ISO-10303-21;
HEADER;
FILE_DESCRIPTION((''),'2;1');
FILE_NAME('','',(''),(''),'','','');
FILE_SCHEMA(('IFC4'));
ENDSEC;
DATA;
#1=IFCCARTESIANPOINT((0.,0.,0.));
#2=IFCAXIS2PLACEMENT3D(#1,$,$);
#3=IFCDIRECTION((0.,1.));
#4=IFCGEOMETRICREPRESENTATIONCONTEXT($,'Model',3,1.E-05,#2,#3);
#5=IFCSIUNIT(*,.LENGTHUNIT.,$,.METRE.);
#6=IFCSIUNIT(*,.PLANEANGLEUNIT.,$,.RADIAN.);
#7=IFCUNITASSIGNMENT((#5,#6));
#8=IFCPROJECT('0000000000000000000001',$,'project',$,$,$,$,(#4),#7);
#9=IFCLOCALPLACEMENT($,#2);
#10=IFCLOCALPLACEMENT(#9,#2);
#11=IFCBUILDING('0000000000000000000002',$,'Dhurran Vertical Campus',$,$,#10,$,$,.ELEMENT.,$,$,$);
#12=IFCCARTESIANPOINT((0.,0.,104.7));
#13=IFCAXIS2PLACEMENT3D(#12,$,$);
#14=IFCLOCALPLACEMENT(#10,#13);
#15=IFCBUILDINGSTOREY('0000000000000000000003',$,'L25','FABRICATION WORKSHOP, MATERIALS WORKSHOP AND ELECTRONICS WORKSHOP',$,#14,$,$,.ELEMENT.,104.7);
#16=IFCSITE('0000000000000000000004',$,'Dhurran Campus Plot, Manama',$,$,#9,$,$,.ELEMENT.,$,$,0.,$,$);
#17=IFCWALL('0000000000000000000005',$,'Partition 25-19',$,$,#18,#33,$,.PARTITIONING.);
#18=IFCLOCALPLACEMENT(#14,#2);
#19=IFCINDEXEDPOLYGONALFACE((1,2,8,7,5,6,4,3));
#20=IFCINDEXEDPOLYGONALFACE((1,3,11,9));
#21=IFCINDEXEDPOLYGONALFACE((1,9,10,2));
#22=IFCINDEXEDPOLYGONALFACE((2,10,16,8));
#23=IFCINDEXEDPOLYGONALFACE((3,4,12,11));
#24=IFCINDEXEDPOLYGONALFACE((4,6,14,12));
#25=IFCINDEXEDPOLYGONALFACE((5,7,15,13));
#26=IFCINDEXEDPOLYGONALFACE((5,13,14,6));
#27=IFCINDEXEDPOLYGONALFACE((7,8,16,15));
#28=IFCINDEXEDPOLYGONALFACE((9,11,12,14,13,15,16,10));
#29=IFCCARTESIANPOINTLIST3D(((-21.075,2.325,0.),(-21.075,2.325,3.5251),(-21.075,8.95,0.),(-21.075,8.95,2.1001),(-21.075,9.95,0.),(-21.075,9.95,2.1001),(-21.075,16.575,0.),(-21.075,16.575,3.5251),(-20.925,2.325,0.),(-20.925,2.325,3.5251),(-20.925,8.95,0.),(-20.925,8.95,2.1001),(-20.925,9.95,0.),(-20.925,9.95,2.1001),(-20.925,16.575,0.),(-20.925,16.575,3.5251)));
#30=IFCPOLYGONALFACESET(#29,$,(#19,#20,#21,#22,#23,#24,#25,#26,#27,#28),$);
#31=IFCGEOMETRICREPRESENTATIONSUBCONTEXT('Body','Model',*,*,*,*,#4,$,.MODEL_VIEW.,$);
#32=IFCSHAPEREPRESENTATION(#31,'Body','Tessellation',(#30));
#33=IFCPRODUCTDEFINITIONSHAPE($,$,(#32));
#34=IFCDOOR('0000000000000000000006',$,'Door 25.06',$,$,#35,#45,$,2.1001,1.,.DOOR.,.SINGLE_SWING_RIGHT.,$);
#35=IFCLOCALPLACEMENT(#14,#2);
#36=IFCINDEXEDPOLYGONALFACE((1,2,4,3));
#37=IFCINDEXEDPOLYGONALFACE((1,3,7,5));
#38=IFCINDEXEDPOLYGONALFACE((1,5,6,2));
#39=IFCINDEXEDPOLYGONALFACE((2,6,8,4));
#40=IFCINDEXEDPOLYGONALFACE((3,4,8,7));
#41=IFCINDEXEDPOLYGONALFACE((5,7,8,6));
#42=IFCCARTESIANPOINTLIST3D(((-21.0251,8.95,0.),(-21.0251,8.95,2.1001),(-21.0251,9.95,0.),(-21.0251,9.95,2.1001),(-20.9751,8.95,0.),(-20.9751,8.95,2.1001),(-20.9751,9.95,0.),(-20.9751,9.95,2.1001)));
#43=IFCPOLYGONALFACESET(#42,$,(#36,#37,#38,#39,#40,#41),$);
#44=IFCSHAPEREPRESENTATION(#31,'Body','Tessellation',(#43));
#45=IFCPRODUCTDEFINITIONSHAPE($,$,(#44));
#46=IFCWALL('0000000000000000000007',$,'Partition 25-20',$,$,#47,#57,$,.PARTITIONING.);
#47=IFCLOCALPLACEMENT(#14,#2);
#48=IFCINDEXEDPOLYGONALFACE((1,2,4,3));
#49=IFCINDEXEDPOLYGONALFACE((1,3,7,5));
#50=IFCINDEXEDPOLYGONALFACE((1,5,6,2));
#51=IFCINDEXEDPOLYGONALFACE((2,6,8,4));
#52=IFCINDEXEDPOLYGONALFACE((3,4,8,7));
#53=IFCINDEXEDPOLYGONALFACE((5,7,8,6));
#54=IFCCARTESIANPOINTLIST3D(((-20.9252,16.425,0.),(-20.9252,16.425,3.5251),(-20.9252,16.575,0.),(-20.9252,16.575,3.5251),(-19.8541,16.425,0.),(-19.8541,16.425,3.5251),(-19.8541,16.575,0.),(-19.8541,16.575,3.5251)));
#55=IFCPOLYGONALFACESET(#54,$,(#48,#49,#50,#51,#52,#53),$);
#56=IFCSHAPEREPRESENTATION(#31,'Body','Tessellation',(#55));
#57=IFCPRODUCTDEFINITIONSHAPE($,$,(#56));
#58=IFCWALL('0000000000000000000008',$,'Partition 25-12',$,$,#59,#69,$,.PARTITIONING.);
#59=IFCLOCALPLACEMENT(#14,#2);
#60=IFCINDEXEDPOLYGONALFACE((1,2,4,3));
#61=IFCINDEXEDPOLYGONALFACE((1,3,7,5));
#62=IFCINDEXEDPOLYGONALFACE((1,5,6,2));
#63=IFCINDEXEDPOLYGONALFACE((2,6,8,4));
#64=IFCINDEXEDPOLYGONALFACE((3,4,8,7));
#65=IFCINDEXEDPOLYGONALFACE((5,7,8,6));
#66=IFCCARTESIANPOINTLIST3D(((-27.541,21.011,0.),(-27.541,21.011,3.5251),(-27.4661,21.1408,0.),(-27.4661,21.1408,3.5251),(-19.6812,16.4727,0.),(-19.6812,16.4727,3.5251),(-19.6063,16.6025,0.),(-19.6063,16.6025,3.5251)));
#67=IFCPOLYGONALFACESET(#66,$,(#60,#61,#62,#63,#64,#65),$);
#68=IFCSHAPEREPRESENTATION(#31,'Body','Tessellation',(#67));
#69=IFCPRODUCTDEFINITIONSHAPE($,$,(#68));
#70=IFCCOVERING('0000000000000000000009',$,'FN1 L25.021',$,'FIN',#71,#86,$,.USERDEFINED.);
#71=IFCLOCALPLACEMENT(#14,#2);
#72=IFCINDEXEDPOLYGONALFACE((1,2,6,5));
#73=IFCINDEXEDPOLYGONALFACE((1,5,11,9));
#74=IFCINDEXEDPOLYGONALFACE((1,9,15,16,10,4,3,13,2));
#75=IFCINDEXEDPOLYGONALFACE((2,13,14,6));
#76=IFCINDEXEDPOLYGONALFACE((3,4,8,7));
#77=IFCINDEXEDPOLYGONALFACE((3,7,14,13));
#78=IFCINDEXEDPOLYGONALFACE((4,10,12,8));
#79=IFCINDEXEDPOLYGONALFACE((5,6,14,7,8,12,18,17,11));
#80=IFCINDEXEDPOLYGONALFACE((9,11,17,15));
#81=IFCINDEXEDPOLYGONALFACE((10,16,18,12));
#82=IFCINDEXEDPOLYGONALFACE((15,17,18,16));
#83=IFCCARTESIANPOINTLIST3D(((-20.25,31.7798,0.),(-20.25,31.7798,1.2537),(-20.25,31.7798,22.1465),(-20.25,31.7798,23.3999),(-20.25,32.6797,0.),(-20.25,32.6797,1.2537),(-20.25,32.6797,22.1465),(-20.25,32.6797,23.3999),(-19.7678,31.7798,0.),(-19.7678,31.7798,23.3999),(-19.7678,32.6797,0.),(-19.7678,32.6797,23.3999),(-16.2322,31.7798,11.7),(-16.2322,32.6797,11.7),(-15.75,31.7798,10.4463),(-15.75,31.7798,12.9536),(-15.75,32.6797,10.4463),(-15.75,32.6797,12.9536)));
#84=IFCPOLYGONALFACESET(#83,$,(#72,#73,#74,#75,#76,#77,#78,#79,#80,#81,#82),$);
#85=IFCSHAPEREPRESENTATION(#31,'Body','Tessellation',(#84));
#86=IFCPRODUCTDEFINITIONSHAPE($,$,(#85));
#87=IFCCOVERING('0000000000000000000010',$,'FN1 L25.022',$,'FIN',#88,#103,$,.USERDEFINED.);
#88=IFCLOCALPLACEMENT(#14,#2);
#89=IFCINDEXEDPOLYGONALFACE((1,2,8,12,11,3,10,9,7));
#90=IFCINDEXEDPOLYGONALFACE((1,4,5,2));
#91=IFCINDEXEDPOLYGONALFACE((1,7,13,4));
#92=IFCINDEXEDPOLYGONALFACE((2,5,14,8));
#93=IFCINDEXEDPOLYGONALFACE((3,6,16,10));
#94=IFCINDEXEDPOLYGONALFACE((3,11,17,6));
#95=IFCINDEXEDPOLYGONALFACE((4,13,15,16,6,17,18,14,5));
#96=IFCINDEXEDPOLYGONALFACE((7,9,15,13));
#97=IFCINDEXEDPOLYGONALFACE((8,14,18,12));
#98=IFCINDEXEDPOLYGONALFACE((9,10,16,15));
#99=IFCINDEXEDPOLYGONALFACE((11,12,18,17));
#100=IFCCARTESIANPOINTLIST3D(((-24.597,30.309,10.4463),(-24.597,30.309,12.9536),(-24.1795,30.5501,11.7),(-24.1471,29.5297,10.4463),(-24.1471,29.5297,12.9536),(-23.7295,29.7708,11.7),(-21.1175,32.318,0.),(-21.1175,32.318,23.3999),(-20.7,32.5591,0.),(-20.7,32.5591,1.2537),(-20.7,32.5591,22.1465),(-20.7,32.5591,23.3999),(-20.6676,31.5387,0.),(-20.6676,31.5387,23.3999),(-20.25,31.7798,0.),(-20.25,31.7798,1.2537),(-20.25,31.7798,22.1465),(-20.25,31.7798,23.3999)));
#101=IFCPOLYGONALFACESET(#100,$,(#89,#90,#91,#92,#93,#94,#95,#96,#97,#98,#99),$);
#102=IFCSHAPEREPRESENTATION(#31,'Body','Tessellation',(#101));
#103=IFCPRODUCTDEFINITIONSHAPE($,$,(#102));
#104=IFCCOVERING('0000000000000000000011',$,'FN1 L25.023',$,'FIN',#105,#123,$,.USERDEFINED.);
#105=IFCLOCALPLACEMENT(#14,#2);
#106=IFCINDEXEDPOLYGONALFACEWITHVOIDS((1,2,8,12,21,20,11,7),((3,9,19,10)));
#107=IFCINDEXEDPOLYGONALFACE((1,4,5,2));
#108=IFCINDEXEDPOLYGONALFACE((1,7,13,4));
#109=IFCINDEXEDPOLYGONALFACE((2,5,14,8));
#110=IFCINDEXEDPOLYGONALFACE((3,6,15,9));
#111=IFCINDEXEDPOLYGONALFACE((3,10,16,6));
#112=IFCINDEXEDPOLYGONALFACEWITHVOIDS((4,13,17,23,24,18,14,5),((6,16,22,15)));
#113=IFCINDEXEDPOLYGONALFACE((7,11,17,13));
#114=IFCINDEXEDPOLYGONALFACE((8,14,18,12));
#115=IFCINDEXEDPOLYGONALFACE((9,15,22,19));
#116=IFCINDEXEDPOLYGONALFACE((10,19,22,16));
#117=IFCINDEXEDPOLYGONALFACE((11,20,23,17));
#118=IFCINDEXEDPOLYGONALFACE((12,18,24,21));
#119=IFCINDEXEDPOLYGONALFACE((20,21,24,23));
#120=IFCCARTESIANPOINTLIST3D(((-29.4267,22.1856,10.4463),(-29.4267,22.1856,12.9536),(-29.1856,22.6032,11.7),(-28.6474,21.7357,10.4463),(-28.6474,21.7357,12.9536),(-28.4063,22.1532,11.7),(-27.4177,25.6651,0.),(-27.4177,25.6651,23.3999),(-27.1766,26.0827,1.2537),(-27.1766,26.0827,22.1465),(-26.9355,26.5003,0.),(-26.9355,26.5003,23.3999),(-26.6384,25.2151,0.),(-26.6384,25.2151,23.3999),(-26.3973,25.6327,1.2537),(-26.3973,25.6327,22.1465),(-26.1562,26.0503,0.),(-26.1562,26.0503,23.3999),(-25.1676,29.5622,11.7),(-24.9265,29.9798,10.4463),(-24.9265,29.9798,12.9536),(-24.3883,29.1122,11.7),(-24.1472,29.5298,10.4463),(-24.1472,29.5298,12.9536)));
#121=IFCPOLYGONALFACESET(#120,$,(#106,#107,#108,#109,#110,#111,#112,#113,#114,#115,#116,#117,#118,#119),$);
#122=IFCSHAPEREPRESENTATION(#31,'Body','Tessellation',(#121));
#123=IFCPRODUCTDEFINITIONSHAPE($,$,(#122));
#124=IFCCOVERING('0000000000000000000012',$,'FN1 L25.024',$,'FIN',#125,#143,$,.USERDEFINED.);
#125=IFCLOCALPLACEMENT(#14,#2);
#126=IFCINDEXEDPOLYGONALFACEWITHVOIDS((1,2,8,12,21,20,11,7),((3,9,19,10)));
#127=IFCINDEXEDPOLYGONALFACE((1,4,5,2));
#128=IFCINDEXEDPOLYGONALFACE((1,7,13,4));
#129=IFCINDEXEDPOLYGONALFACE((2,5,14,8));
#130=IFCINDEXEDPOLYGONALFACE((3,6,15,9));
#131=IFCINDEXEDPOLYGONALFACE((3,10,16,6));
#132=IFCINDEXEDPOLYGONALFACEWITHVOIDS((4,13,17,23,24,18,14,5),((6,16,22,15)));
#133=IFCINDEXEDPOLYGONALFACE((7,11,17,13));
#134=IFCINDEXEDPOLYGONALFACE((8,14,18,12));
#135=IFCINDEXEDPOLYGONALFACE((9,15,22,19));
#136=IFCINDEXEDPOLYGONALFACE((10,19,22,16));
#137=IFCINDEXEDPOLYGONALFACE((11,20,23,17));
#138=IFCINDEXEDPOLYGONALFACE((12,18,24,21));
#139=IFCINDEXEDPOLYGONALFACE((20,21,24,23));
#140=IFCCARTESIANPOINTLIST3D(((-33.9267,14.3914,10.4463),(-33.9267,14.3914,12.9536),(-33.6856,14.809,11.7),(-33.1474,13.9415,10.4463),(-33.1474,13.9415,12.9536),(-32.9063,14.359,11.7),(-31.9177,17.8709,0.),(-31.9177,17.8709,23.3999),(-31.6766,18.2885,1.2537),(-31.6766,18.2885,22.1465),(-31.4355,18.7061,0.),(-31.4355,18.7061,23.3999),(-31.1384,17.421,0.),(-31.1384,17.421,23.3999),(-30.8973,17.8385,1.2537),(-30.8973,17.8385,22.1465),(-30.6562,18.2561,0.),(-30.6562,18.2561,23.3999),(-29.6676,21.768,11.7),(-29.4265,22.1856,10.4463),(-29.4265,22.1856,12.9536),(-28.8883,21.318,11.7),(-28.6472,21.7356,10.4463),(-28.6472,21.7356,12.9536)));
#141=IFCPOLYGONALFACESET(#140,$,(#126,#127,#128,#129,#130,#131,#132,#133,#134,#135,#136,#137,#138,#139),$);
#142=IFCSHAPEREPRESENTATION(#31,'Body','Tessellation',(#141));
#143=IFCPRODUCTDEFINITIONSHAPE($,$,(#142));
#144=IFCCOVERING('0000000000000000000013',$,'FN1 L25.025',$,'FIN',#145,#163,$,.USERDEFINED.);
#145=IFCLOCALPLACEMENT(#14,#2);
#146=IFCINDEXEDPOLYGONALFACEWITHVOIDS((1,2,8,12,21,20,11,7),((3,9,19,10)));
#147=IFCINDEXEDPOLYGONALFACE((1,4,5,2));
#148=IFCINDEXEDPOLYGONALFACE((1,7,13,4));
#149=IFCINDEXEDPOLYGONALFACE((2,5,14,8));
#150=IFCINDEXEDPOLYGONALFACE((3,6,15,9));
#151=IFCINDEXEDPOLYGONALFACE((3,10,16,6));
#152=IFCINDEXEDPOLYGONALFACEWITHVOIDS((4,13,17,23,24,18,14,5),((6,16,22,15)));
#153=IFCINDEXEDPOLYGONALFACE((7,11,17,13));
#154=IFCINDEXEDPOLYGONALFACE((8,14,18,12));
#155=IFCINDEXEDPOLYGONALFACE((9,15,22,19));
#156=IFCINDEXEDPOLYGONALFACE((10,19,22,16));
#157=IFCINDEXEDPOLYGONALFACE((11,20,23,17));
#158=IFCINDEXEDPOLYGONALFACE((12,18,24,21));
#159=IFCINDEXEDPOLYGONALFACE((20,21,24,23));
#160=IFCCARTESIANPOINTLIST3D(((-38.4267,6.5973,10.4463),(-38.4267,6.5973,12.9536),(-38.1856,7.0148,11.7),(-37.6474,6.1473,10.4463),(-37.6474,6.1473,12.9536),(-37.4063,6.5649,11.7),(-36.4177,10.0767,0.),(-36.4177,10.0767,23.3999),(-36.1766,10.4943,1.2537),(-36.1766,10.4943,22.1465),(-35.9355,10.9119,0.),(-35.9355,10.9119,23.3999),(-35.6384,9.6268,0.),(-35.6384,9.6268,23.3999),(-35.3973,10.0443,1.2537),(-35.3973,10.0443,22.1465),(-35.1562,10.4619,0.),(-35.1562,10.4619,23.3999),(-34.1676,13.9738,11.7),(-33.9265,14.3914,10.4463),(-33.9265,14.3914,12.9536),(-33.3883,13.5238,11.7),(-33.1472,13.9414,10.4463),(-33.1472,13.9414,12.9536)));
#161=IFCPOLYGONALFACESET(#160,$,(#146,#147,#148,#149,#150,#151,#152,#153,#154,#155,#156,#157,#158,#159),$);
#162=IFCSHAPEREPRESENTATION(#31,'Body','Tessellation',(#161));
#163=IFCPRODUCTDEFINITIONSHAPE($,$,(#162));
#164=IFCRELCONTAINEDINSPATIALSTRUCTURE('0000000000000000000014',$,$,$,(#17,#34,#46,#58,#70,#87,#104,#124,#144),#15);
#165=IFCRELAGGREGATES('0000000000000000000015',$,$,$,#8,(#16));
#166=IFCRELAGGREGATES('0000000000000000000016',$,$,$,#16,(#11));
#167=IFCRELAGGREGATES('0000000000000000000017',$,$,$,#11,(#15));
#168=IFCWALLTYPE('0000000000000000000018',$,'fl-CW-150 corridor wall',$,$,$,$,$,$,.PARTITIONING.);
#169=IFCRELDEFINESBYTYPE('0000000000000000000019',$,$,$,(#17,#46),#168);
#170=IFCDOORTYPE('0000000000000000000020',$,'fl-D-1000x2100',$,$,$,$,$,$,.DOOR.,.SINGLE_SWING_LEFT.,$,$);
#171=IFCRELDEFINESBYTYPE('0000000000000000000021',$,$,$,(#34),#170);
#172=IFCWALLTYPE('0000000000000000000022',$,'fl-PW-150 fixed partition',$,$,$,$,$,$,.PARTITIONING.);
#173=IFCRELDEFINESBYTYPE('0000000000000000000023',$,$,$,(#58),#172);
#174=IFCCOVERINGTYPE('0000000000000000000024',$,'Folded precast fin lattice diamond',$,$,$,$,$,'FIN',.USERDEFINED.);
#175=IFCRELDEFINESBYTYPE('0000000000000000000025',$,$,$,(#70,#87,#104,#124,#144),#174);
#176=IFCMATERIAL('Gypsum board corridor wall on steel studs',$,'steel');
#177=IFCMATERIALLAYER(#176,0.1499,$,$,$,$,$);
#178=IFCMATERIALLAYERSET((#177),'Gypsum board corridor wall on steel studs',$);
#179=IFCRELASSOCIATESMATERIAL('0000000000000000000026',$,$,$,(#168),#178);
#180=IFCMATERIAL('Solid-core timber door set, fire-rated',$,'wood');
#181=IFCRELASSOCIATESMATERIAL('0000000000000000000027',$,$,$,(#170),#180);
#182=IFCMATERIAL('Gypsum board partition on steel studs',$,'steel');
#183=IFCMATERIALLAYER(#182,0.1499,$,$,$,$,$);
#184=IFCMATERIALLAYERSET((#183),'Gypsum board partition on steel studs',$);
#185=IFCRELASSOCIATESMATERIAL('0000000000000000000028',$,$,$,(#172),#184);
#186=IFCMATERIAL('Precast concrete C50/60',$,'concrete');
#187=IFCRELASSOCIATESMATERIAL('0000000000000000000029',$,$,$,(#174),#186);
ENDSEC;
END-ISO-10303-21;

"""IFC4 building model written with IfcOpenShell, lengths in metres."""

from ifc_helpers import new_model, si_unit, direction, frame, frame_2d, origin, place, context, subcontext, project, spatial, polyline, rectangle, outline, extrude, material, layer, layer_set, type_object, element, fill, save


model = new_model("IFC4")

# Units and contexts
model_context = context("Model", 3, precision=1e-05, world=origin(), true_north=direction((0.0, 1.0)))
body_context = subcontext(model_context, "Body", "Model", "MODEL_VIEW")
ifc_project = project(units=[si_unit("LENGTHUNIT", "METRE"), si_unit("PLANEANGLEUNIT", "RADIAN")], contexts=[model_context])

# Site, building, storey
site_placement = place(None, origin())
site = spatial("IfcSite", under=ifc_project, at=site_placement, Name="Dhurran Campus Plot, Manama", CompositionType="ELEMENT", RefElevation=0.0)
building_placement = place(site_placement, origin())
building = spatial("IfcBuilding", under=site, at=building_placement, Name="Dhurran Vertical Campus", CompositionType="ELEMENT")
storey_placement = place(building_placement, frame((0.0, 0.0, 104.7)))
storey = spatial("IfcBuildingStorey", under=building, at=storey_placement, Name="L25", Description="FABRICATION WORKSHOP, MATERIALS WORKSHOP AND ELECTRONICS WORKSHOP", CompositionType="ELEMENT", Elevation=104.7)

# Wall, opening, door
ifc_material_1 = material(Name="Gypsum board corridor wall on steel studs", Category="steel")
ifc_layer_1 = layer(ifc_material_1, 0.1499)
ifc_layer_set_1 = layer_set([ifc_layer_1], Name="Gypsum board corridor wall on steel studs")
wall_type_1 = type_object("IfcWallType", Name="fl-CW-150 corridor wall", PredefinedType="PARTITIONING", material=ifc_layer_set_1)
wall_1_placement = place(storey_placement, frame((-21.0, 16.575, 0.0), z_axis=(0.0, 0.0, 1.0), x_axis=(0.0, -1.0, 0.0)))
wall_1 = element("IfcWall", 1, at=wall_1_placement, inside=storey, type_object=wall_type_1, Name="Partition 25-19", PredefinedType="PARTITIONING", context=body_context, shape_type="SweptSolid", body=[
    extrude(rectangle(XDim=14.25, YDim=0.1499, at=frame_2d((7.125, 0.0))), origin(), (0.0, 0.0, 1.0), 3.5251),
])
opening_1_placement = place(wall_1_placement, frame((6.625, 0.0, 0.0)))
opening_1 = element("IfcOpeningElement", 2, at=opening_1_placement, cuts=wall_1, PredefinedType="OPENING", context=body_context, shape_type="SweptSolid", body=[
    extrude(rectangle(XDim=1.0, YDim=2.1001, at=frame_2d((0.5, 1.05))), frame((0.0, 0.085, 0.0), z_axis=(0.0, -1.0, 0.0), x_axis=(1.0, 0.0, 0.0)), (0.0, 0.0, 1.0), 0.1699),
])
ifc_material_2 = material(Name="Solid-core timber door set, fire-rated", Category="wood")
door_type = type_object("IfcDoorType", Name="fl-D-1000x2100", OperationType="SINGLE_SWING_LEFT", PredefinedType="DOOR", material=ifc_material_2)
door_placement = place(opening_1_placement, origin())
door = element("IfcDoor", 3, at=door_placement, inside=storey, type_object=door_type, Name="Door 25.06", OperationType="SINGLE_SWING_RIGHT", OverallHeight=2.1001, OverallWidth=1.0, PredefinedType="DOOR", context=body_context, shape_type="SweptSolid", body=[
    extrude(rectangle(XDim=1.0, YDim=2.1001, at=frame_2d((0.5, 1.05))), frame((0.0, 0.0249, 0.0), z_axis=(0.0, -1.0, 0.0), x_axis=(1.0, 0.0, 0.0)), (0.0, 0.0, 1.0), 0.05),
])
fill(opening_1, door)

# Walls
wall_2_placement = place(storey_placement, frame((-19.854, 16.5, 0.0), z_axis=(0.0, 0.0, 1.0), x_axis=(-1.0, 0.0, 0.0)))
element("IfcWall", 4, at=wall_2_placement, inside=storey, type_object=wall_type_1, Name="Partition 25-20", PredefinedType="PARTITIONING", context=body_context, shape_type="SweptSolid", body=[
    extrude(rectangle(XDim=1.071, YDim=0.1499, at=frame_2d((0.5356, 0.0))), origin(), (0.0, 0.0, 1.0), 3.5251),
])
ifc_material_3 = material(Name="Gypsum board partition on steel studs", Category="steel")
ifc_layer_2 = layer(ifc_material_3, 0.1499)
ifc_layer_set_2 = layer_set([ifc_layer_2], Name="Gypsum board partition on steel studs")
wall_type_2 = type_object("IfcWallType", Name="fl-PW-150 fixed partition", PredefinedType="PARTITIONING", material=ifc_layer_set_2)
wall_3_placement = place(storey_placement, frame((-27.5037, 21.0759, 0.0), z_axis=(0.0, 0.0, 1.0), x_axis=(0.866005, -0.500036, 0.0)))
element("IfcWall", 5, at=wall_3_placement, inside=storey, type_object=wall_type_2, Name="Partition 25-12", PredefinedType="PARTITIONING", context=body_context, shape_type="SweptSolid", body=[
    extrude(rectangle(XDim=9.0759, YDim=0.1499, at=frame_2d((4.5381, 0.0))), origin(), (0.0, 0.0, 1.0), 3.5251),
])

# Coverings
ifc_material_4 = material(Name="Precast concrete C50/60", Category="concrete")
covering_type = type_object("IfcCoveringType", Name="Folded precast fin lattice diamond", ElementType="FIN", PredefinedType="USERDEFINED", material=ifc_material_4)
covering_1_placement = place(storey_placement, frame((-15.75, 31.7798, 0.0), z_axis=(0.0, 1.0, 0.0), x_axis=(-1.0, 0.0, 0.0)))
element("IfcCovering", 6, at=covering_1_placement, inside=storey, type_object=covering_type, Name="FN1 L25.021", ObjectType="FIN", PredefinedType="USERDEFINED", context=body_context, shape_type="SweptSolid", body=[
    extrude(outline(polyline([(4.0178, 0.0), (0.0, 10.4463), (0.0, 12.9536), (4.0178, 23.3999), (4.5, 23.3999), (4.5, 22.1465), (0.4822, 11.7), (4.5, 1.2537), (4.5, 0.0), (4.0178, 0.0)])), origin(), (0.0, 0.0, 1.0), 0.8999),
])
covering_2_placement = place(storey_placement, frame((-20.25, 31.7798, 0.0), z_axis=(-0.50002, 0.866014, 0.0), x_axis=(-0.866014, -0.50002, 0.0)))
element("IfcCovering", 7, at=covering_2_placement, inside=storey, type_object=covering_type, Name="FN1 L25.022", ObjectType="FIN", PredefinedType="USERDEFINED", context=body_context, shape_type="SweptSolid", body=[
    extrude(outline(polyline([(4.5, 10.4463), (0.4822, 0.0), (0.0, 0.0), (0.0, 1.2537), (4.0178, 11.7), (0.0, 22.1465), (0.0, 23.3999), (0.4822, 23.3999), (4.5, 12.9536), (4.5, 10.4463)])), origin(), (0.0, 0.0, 1.0), 0.8999),
])
for number, where, z_axis, x_axis, name in (
    (8, (-24.1472, 29.5298, 0.0), (-0.866014, 0.50002, 0.0), (-0.50002, -0.866014, 0.0), "FN1 L25.023"),
    (9, (-28.6472, 21.7356, 0.0), (-0.866014, 0.50002, 0.0), (-0.50002, -0.866014, 0.0), "FN1 L25.024"),
    (10, (-33.1472, 13.9414, 0.0), (-0.866014, 0.50002, 0.0), (-0.50002, -0.866014, 0.0), "FN1 L25.025"),
):
    element("IfcCovering", number, at=place(storey_placement, frame(where, z_axis=z_axis, x_axis=x_axis)), inside=storey, type_object=covering_type, Name=name, ObjectType="FIN", PredefinedType="USERDEFINED", context=body_context, shape_type="SweptSolid", body=[
        extrude(outline(polyline([(9.0, 12.9536), (9.0, 10.4463), (4.9822, 0.0), (4.0178, 0.0), (0.0, 10.4463), (0.0, 12.9536), (4.0178, 23.3999), (4.9822, 23.3999), (9.0, 12.9536)]), holes=[polyline([(8.5178, 11.7), (4.5, 22.1465), (0.4822, 11.7), (4.5, 1.2537), (8.5178, 11.7)])]), origin(), (0.0, 0.0, 1.0), 0.8999),
    ])

save(model, "model.ifc")
